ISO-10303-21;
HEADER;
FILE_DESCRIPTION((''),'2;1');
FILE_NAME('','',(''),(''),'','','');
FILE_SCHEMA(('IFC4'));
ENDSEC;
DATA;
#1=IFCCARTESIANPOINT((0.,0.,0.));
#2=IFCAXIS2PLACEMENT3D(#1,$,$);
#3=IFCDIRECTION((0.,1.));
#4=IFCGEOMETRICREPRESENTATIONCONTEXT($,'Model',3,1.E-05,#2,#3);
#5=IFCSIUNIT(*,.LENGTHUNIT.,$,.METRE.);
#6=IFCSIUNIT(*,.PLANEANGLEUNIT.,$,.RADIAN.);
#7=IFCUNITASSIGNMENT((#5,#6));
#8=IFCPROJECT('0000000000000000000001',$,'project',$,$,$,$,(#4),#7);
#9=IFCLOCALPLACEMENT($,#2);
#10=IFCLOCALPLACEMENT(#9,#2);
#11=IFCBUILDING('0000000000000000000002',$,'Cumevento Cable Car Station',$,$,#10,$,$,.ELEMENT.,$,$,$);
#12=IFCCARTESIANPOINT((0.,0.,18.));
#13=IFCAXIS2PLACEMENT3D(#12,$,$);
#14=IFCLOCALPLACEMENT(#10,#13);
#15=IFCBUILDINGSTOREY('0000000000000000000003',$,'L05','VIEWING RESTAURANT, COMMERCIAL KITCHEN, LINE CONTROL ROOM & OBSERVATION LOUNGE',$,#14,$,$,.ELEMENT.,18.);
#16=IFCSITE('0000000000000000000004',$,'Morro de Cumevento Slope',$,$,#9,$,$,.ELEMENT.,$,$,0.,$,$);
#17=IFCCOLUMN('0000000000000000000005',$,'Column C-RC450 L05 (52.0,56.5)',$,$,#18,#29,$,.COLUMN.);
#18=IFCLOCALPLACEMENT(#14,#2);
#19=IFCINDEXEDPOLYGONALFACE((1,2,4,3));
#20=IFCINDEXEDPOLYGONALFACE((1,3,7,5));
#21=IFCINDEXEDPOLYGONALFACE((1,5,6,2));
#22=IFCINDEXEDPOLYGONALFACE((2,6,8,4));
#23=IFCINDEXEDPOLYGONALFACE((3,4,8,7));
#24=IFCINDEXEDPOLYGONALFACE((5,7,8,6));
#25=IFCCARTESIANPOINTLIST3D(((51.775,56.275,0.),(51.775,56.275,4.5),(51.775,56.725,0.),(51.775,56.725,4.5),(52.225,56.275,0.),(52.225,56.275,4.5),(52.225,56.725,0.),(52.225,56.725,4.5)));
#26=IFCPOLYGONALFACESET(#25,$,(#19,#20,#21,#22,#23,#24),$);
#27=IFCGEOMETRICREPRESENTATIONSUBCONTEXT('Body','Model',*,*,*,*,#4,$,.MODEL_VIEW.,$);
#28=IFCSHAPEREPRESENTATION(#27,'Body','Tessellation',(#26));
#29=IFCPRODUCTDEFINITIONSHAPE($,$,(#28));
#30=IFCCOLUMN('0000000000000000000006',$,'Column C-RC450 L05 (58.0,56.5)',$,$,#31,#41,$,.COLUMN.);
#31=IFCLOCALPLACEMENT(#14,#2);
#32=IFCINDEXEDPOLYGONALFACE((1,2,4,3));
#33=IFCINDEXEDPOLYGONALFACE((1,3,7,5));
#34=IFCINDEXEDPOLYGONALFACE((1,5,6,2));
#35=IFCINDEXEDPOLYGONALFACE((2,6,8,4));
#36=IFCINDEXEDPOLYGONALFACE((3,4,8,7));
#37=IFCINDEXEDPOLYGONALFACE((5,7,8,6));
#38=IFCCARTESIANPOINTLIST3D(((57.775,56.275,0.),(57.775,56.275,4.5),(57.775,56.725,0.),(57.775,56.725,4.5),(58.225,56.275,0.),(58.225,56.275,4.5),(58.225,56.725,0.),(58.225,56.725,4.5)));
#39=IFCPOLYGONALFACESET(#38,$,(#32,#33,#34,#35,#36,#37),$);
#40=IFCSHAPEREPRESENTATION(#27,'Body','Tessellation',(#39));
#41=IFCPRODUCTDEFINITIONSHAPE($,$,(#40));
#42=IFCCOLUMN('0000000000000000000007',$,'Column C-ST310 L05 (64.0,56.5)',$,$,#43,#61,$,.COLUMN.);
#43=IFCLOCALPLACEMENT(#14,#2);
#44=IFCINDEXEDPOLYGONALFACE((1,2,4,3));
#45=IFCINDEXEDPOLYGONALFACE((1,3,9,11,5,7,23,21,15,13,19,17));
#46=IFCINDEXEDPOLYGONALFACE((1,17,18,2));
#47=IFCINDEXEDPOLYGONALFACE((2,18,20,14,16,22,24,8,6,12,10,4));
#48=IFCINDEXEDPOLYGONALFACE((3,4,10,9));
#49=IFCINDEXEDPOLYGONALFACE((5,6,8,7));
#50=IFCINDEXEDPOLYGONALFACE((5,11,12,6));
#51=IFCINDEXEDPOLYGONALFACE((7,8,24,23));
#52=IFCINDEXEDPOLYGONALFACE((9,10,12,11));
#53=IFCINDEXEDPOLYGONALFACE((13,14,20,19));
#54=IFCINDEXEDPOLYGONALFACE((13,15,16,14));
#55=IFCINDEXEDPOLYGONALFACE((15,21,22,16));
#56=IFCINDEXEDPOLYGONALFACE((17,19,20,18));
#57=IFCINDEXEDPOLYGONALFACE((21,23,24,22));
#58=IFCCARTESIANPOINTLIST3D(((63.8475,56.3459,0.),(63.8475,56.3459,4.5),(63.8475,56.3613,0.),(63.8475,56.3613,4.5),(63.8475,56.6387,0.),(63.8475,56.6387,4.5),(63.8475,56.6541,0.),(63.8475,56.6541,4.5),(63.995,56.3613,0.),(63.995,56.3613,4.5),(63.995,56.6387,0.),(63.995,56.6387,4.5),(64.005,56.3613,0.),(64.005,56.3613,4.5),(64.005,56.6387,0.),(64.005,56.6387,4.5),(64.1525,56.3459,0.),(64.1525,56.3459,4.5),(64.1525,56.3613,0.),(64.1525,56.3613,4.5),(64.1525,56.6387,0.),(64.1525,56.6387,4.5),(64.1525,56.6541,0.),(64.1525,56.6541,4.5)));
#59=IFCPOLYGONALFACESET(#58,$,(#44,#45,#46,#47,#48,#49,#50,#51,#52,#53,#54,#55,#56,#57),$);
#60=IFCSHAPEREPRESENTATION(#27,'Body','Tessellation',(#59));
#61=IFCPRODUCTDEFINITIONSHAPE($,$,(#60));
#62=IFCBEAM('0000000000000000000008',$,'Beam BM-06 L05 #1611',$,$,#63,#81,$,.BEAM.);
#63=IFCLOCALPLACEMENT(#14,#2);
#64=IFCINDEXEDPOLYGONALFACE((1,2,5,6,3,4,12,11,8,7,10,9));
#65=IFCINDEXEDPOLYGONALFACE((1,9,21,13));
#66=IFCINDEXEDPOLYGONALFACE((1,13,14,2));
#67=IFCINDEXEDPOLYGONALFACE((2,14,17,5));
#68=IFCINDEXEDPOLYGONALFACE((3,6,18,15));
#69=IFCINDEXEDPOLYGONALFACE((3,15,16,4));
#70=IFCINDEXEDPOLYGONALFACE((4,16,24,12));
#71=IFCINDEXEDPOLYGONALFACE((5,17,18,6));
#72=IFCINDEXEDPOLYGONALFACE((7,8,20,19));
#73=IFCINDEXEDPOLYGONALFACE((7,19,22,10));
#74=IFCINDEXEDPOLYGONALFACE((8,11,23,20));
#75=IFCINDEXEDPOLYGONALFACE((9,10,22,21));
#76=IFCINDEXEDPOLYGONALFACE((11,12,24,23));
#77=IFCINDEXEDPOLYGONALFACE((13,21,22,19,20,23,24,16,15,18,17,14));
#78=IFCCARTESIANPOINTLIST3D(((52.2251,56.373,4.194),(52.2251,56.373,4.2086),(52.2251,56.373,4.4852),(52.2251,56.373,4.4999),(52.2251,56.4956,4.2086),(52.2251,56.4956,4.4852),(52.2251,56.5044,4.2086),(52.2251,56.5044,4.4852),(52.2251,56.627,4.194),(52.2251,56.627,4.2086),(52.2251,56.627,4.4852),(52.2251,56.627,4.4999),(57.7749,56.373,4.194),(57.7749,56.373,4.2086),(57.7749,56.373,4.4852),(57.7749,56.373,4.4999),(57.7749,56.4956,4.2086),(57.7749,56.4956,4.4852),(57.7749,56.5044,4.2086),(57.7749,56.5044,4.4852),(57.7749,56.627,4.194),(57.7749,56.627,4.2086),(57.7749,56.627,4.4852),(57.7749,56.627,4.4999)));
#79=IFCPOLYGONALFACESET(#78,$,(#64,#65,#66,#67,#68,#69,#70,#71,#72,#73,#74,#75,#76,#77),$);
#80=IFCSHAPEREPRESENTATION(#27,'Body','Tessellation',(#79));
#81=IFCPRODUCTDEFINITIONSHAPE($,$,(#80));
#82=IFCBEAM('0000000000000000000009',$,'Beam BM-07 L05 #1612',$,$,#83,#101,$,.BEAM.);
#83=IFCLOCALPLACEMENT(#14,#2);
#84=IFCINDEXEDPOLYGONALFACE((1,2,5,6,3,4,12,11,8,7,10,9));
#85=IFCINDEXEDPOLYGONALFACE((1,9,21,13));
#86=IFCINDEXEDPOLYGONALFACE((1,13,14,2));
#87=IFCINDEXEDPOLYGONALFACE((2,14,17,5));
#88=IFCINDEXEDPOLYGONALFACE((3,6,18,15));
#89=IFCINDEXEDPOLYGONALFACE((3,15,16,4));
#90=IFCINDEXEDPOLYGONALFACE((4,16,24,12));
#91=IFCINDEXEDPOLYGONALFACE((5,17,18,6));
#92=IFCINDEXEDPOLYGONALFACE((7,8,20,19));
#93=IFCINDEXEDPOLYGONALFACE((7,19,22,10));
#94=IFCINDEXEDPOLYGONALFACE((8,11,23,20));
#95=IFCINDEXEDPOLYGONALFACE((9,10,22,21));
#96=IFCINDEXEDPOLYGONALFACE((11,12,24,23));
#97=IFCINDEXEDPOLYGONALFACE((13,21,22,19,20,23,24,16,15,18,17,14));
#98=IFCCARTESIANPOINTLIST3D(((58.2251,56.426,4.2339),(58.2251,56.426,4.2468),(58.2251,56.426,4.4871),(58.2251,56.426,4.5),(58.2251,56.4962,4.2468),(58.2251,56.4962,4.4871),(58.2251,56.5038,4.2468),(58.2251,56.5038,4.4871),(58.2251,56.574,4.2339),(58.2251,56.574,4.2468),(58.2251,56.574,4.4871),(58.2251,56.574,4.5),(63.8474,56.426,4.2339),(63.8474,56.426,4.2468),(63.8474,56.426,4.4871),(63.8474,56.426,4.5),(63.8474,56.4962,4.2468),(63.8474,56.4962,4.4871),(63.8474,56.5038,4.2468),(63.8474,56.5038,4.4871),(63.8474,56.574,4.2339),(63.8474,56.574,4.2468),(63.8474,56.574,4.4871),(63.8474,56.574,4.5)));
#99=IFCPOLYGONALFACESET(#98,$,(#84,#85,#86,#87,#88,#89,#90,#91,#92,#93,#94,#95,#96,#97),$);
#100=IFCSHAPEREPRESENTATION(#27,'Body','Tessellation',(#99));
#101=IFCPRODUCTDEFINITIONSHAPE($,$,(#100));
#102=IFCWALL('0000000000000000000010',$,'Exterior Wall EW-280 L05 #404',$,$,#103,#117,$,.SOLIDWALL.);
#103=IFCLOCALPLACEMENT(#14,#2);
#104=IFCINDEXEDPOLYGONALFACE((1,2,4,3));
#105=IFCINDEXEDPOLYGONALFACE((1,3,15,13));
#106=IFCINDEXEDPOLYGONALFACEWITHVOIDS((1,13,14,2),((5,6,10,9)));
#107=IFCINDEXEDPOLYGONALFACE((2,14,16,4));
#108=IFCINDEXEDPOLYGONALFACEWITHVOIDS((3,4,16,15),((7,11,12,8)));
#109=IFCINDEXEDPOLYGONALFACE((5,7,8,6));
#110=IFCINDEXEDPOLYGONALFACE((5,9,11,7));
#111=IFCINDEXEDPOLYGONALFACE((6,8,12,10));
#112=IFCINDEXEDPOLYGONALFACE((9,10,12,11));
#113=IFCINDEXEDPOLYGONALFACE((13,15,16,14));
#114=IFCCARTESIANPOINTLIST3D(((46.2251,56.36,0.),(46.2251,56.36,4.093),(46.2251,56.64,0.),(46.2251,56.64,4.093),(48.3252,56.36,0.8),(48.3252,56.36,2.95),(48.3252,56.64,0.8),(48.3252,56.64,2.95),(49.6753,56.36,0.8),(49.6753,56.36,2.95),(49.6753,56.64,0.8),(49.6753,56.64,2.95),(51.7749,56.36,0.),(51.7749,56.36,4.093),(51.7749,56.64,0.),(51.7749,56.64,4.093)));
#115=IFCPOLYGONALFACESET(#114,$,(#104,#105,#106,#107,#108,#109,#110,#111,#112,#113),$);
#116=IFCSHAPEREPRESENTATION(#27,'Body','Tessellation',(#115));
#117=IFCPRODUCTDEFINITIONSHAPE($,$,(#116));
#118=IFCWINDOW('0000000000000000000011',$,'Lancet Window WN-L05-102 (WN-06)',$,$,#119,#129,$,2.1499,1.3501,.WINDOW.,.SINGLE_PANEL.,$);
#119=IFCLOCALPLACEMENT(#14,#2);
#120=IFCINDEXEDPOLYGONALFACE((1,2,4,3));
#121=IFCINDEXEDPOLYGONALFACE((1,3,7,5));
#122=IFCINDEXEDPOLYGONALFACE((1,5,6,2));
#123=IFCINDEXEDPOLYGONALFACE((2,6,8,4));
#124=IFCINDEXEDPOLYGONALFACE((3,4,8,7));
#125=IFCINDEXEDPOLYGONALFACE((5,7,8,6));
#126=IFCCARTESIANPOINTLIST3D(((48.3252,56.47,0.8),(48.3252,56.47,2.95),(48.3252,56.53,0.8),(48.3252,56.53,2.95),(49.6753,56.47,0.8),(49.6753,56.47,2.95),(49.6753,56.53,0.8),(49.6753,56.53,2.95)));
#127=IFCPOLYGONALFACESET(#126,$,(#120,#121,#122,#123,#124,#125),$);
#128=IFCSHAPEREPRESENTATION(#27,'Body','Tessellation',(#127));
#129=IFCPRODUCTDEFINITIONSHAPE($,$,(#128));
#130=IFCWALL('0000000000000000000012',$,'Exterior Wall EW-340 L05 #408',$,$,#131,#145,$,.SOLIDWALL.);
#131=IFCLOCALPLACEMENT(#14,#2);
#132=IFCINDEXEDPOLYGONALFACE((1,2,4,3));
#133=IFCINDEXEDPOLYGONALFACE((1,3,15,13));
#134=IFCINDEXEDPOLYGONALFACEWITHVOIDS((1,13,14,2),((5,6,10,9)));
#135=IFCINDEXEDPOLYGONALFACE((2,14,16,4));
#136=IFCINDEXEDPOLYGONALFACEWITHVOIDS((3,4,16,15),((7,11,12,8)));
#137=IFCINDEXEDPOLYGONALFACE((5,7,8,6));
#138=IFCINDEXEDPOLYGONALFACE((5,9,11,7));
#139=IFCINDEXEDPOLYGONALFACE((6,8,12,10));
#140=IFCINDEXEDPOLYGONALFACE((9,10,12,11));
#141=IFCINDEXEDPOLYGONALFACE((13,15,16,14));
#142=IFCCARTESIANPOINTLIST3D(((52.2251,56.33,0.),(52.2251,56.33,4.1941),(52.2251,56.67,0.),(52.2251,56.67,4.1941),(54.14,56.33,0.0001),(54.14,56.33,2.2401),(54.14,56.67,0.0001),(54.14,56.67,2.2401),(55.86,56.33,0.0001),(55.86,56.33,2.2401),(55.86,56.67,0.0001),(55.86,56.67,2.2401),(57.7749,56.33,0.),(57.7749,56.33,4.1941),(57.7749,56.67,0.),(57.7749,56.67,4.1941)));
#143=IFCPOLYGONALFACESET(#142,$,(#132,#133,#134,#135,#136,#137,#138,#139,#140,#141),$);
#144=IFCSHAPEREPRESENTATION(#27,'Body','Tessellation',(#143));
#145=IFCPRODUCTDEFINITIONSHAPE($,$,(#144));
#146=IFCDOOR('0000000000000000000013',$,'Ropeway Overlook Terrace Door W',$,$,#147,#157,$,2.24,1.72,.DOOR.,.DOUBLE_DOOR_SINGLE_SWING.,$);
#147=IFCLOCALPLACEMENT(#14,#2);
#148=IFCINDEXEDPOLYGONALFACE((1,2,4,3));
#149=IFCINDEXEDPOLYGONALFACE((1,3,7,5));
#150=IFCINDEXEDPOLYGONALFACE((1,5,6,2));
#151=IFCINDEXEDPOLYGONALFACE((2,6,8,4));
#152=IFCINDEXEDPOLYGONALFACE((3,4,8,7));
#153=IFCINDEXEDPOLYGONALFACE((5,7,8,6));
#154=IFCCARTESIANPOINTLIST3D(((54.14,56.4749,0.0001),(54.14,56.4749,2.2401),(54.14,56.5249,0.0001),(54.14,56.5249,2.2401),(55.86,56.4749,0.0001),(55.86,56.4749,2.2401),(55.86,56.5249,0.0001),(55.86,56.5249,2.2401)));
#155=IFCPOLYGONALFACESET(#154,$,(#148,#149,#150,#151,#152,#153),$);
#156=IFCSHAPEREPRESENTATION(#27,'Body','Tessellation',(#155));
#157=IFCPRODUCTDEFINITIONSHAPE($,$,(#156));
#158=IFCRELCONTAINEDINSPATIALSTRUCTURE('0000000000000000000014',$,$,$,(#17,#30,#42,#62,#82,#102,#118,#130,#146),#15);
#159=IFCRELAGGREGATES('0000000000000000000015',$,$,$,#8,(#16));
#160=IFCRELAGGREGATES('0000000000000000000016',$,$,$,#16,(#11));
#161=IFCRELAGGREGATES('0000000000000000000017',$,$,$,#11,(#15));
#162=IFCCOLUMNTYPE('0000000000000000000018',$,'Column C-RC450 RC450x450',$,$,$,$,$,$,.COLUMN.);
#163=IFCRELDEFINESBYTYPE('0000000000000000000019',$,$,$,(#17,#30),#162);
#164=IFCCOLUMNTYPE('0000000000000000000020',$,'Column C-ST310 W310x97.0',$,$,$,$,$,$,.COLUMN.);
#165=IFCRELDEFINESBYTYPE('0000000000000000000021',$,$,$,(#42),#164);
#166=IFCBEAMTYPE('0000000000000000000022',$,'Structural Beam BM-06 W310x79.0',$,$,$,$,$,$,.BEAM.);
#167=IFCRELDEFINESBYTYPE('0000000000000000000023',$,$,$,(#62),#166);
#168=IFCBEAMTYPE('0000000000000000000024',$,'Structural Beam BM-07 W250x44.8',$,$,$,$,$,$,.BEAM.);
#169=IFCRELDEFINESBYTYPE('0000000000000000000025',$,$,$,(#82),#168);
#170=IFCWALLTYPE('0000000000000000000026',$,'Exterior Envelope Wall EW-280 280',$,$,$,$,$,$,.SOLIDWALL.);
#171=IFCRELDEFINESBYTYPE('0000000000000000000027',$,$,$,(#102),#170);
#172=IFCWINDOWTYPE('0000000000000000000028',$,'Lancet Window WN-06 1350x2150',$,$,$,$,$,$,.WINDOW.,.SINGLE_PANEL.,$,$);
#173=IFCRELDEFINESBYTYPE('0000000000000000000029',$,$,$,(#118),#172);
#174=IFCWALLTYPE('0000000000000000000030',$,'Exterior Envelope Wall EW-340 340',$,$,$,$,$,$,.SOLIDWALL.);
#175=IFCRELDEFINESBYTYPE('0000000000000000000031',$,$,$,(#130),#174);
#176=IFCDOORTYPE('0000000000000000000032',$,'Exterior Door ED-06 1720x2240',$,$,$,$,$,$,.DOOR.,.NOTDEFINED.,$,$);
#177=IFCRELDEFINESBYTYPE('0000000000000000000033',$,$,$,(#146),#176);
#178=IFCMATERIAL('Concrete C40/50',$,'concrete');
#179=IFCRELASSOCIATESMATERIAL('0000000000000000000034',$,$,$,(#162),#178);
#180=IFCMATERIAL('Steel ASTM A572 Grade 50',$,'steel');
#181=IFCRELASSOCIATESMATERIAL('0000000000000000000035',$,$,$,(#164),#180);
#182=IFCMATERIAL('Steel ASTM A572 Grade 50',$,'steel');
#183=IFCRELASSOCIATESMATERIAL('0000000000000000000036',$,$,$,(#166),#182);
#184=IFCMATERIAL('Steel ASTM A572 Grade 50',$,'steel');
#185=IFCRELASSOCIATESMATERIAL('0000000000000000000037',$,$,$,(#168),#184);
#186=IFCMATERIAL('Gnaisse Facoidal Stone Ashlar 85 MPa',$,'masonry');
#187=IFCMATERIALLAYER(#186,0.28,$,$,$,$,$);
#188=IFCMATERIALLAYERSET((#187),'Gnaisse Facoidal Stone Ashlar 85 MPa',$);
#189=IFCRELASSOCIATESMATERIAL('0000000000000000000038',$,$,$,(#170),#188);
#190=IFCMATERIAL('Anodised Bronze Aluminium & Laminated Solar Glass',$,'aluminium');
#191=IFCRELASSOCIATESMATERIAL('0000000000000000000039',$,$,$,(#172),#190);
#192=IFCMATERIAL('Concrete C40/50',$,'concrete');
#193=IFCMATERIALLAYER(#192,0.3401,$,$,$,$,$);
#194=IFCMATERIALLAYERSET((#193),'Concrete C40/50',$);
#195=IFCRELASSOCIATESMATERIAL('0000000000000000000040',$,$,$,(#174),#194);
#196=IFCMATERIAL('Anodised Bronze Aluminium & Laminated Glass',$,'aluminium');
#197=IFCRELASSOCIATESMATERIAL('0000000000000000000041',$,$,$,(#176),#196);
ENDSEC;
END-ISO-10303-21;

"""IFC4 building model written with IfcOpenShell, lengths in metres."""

from ifc_helpers import new_model, si_unit, direction, frame, frame_2d, origin, origin_2d, place, context, subcontext, project, spatial, rectangle, i_section, extrude, material, layer, layer_set, material_profile, profile_set, type_object, element, fill, save


model = new_model("IFC4")

# Units and contexts
model_context = context("Model", 3, precision=1e-05, world=origin(), true_north=direction((0.0, 1.0)))
body_context = subcontext(model_context, "Body", "Model", "MODEL_VIEW")
ifc_project = project(units=[si_unit("LENGTHUNIT", "METRE"), si_unit("PLANEANGLEUNIT", "RADIAN")], contexts=[model_context])

# Site, building, storey
site_placement = place(None, origin())
site = spatial("IfcSite", under=ifc_project, at=site_placement, Name="Morro de Cumevento Slope", CompositionType="ELEMENT", RefElevation=0.0)
building_placement = place(site_placement, origin())
building = spatial("IfcBuilding", under=site, at=building_placement, Name="Cumevento Cable Car Station", CompositionType="ELEMENT")
storey_placement = place(building_placement, frame((0.0, 0.0, 18.0)))
storey = spatial("IfcBuildingStorey", under=building, at=storey_placement, Name="L05", Description="VIEWING RESTAURANT, COMMERCIAL KITCHEN, LINE CONTROL ROOM & OBSERVATION LOUNGE", CompositionType="ELEMENT", Elevation=18.0)

# Columns
ifc_material_1 = material(Name="Concrete C40/50", Category="concrete")
ifc_material_profile_1 = material_profile(ifc_material_1, rectangle(XDim=0.45, YDim=0.45, at=origin_2d()), Name="RC450x450")
ifc_profile_set_1 = profile_set([ifc_material_profile_1], Name="Concrete C40/50")
column_type_1 = type_object("IfcColumnType", Name="Column C-RC450 RC450x450", PredefinedType="COLUMN", material=ifc_profile_set_1)
for number, where, z_axis, x_axis, name in (
    (1, (52.0, 56.5, 0.0), (0.0, 0.0, 1.0), (1.0, 0.0, 0.0), "Column C-RC450 L05 (52.0,56.5)"),
    (2, (58.0, 56.5, 0.0), (0.0, 0.0, 1.0), (1.0, 0.0, 0.0), "Column C-RC450 L05 (58.0,56.5)"),
):
    element("IfcColumn", number, at=place(storey_placement, frame(where, z_axis=z_axis, x_axis=x_axis)), inside=storey, type_object=column_type_1, Name=name, PredefinedType="COLUMN", context=body_context, shape_type="SweptSolid", body=[
        extrude(rectangle(XDim=0.45, YDim=0.45, at=origin_2d()), origin(), (0.0, 0.0, 1.0), 4.5),
    ])
ifc_material_2 = material(Name="Steel ASTM A572 Grade 50", Category="steel")
ifc_material_profile_2 = material_profile(ifc_material_2, i_section(OverallWidth=0.3049, OverallDepth=0.3081, WebThickness=0.01, FlangeThickness=0.0154, at=origin_2d()), Name="W310x97.0")
ifc_profile_set_2 = profile_set([ifc_material_profile_2], Name="Steel ASTM A572 Grade 50")
column_type_2 = type_object("IfcColumnType", Name="Column C-ST310 W310x97.0", PredefinedType="COLUMN", material=ifc_profile_set_2)
column_placement = place(storey_placement, frame((64.0, 56.5, 0.0), z_axis=(0.0, 0.0, 1.0), x_axis=(1.0, 0.0, 0.0)))
element("IfcColumn", 3, at=column_placement, inside=storey, type_object=column_type_2, Name="Column C-ST310 L05 (64.0,56.5)", PredefinedType="COLUMN", context=body_context, shape_type="SweptSolid", body=[
    extrude(i_section(OverallWidth=0.3049, OverallDepth=0.3081, WebThickness=0.01, FlangeThickness=0.0154, at=origin_2d()), origin(), (0.0, 0.0, 1.0), 4.5),
])

# Beams
ifc_material_3 = material(Name="Steel ASTM A572 Grade 50", Category="steel")
ifc_material_profile_3 = material_profile(ifc_material_3, i_section(OverallWidth=0.2539, OverallDepth=0.3059, WebThickness=0.0088, FlangeThickness=0.0146, at=origin_2d()), Name="W310x79.0")
ifc_profile_set_3 = profile_set([ifc_material_profile_3], Name="Steel ASTM A572 Grade 50")
beam_type_1 = type_object("IfcBeamType", Name="Structural Beam BM-06 W310x79.0", PredefinedType="BEAM", material=ifc_profile_set_3)
beam_1_placement = place(storey_placement, frame((52.2251, 56.5, 4.3469), z_axis=(1.0, 0.0, 0.0), x_axis=(0.0, 1.0, 0.0)))
element("IfcBeam", 4, at=beam_1_placement, inside=storey, type_object=beam_type_1, Name="Beam BM-06 L05 #1611", PredefinedType="BEAM", context=body_context, shape_type="SweptSolid", body=[
    extrude(i_section(OverallWidth=0.2539, OverallDepth=0.3059, WebThickness=0.0088, FlangeThickness=0.0146, at=origin_2d()), origin(), (0.0, 0.0, 1.0), 5.5498),
])
ifc_material_4 = material(Name="Steel ASTM A572 Grade 50", Category="steel")
ifc_material_profile_4 = material_profile(ifc_material_4, i_section(OverallWidth=0.1479, OverallDepth=0.2661, WebThickness=0.0076, FlangeThickness=0.0129, at=origin_2d()), Name="W250x44.8")
ifc_profile_set_4 = profile_set([ifc_material_profile_4], Name="Steel ASTM A572 Grade 50")
beam_type_2 = type_object("IfcBeamType", Name="Structural Beam BM-07 W250x44.8", PredefinedType="BEAM", material=ifc_profile_set_4)
beam_2_placement = place(storey_placement, frame((58.2251, 56.5, 4.3669), z_axis=(1.0, 0.0, 0.0), x_axis=(0.0, 1.0, 0.0)))
element("IfcBeam", 5, at=beam_2_placement, inside=storey, type_object=beam_type_2, Name="Beam BM-07 L05 #1612", PredefinedType="BEAM", context=body_context, shape_type="SweptSolid", body=[
    extrude(i_section(OverallWidth=0.1479, OverallDepth=0.2661, WebThickness=0.0076, FlangeThickness=0.0129, at=origin_2d()), origin(), (0.0, 0.0, 1.0), 5.6223),
])

# Wall, opening, window
ifc_material_5 = material(Name="Gnaisse Facoidal Stone Ashlar 85 MPa", Category="masonry")
ifc_layer_1 = layer(ifc_material_5, 0.28)
ifc_layer_set_1 = layer_set([ifc_layer_1], Name="Gnaisse Facoidal Stone Ashlar 85 MPa")
wall_type_1 = type_object("IfcWallType", Name="Exterior Envelope Wall EW-280 280", PredefinedType="SOLIDWALL", material=ifc_layer_set_1)
wall_1_placement = place(storey_placement, frame((46.2251, 56.5, 0.0), z_axis=(0.0, 0.0, 1.0), x_axis=(1.0, 0.0, 0.0)))
wall_1 = element("IfcWall", 6, at=wall_1_placement, inside=storey, type_object=wall_type_1, Name="Exterior Wall EW-280 L05 #404", PredefinedType="SOLIDWALL", context=body_context, shape_type="SweptSolid", body=[
    extrude(rectangle(XDim=5.5498, YDim=0.28, at=frame_2d((2.7749, 0.0))), origin(), (0.0, 0.0, 1.0), 4.093),
])
opening_1_placement = place(wall_1_placement, frame((2.1001, 0.0, 0.8)))
opening_1 = element("IfcOpeningElement", 7, at=opening_1_placement, cuts=wall_1, PredefinedType="OPENING", context=body_context, shape_type="SweptSolid", body=[
    extrude(rectangle(XDim=1.3501, YDim=2.1499, at=frame_2d((0.675, 1.075))), frame((0.0, 0.1501, 0.0), z_axis=(0.0, -1.0, 0.0), x_axis=(1.0, 0.0, 0.0)), (0.0, 0.0, 1.0), 0.3),
])
ifc_material_6 = material(Name="Anodised Bronze Aluminium & Laminated Solar Glass", Category="aluminium")
window_type = type_object("IfcWindowType", Name="Lancet Window WN-06 1350x2150", PartitioningType="SINGLE_PANEL", PredefinedType="WINDOW", material=ifc_material_6)
window_placement = place(opening_1_placement, origin())
window = element("IfcWindow", 8, at=window_placement, inside=storey, type_object=window_type, Name="Lancet Window WN-L05-102 (WN-06)", OverallHeight=2.1499, OverallWidth=1.3501, PartitioningType="SINGLE_PANEL", PredefinedType="WINDOW", context=body_context, shape_type="SweptSolid", body=[
    extrude(rectangle(XDim=1.3501, YDim=2.1499, at=frame_2d((0.675, 1.075))), frame((0.0, 0.03, 0.0), z_axis=(0.0, -1.0, 0.0), x_axis=(1.0, 0.0, 0.0)), (0.0, 0.0, 1.0), 0.0601),
])
fill(opening_1, window)

# Wall, opening, door
ifc_material_7 = material(Name="Concrete C40/50", Category="concrete")
ifc_layer_2 = layer(ifc_material_7, 0.3401)
ifc_layer_set_2 = layer_set([ifc_layer_2], Name="Concrete C40/50")
wall_type_2 = type_object("IfcWallType", Name="Exterior Envelope Wall EW-340 340", PredefinedType="SOLIDWALL", material=ifc_layer_set_2)
wall_2_placement = place(storey_placement, frame((52.2251, 56.5, 0.0), z_axis=(0.0, 0.0, 1.0), x_axis=(1.0, 0.0, 0.0)))
wall_2 = element("IfcWall", 9, at=wall_2_placement, inside=storey, type_object=wall_type_2, Name="Exterior Wall EW-340 L05 #408", PredefinedType="SOLIDWALL", context=body_context, shape_type="SweptSolid", body=[
    extrude(rectangle(XDim=5.5498, YDim=0.3401, at=frame_2d((2.7749, 0.0))), origin(), (0.0, 0.0, 1.0), 4.1941),
])
opening_2_placement = place(wall_2_placement, frame((1.915, 0.0, 0.0)))
opening_2 = element("IfcOpeningElement", 10, at=opening_2_placement, cuts=wall_2, PredefinedType="OPENING", context=body_context, shape_type="SweptSolid", body=[
    extrude(rectangle(XDim=1.72, YDim=2.24, at=frame_2d((0.8599, 1.1201))), frame((0.0, 0.1799, 0.0), z_axis=(0.0, -1.0, 0.0), x_axis=(1.0, 0.0, 0.0)), (0.0, 0.0, 1.0), 0.3601),
])
ifc_material_8 = material(Name="Anodised Bronze Aluminium & Laminated Glass", Category="aluminium")
door_type_1 = type_object("IfcDoorType", Name="Exterior Door ED-06 1720x2240", OperationType="NOTDEFINED", PredefinedType="DOOR", material=ifc_material_8)
door_1_placement = place(opening_2_placement, origin())
door_1 = element("IfcDoor", 11, at=door_1_placement, inside=storey, type_object=door_type_1, Name="Ropeway Overlook Terrace Door W", OperationType="DOUBLE_DOOR_SINGLE_SWING", OverallHeight=2.24, OverallWidth=1.72, PredefinedType="DOOR", context=body_context, shape_type="SweptSolid", body=[
    extrude(rectangle(XDim=1.72, YDim=2.24, at=frame_2d((0.8599, 1.1201))), frame((0.0, 0.0249, 0.0), z_axis=(0.0, -1.0, 0.0), x_axis=(1.0, 0.0, 0.0)), (0.0, 0.0, 1.0), 0.05),
])
fill(opening_2, door_1)

save(model, "model.ifc")
